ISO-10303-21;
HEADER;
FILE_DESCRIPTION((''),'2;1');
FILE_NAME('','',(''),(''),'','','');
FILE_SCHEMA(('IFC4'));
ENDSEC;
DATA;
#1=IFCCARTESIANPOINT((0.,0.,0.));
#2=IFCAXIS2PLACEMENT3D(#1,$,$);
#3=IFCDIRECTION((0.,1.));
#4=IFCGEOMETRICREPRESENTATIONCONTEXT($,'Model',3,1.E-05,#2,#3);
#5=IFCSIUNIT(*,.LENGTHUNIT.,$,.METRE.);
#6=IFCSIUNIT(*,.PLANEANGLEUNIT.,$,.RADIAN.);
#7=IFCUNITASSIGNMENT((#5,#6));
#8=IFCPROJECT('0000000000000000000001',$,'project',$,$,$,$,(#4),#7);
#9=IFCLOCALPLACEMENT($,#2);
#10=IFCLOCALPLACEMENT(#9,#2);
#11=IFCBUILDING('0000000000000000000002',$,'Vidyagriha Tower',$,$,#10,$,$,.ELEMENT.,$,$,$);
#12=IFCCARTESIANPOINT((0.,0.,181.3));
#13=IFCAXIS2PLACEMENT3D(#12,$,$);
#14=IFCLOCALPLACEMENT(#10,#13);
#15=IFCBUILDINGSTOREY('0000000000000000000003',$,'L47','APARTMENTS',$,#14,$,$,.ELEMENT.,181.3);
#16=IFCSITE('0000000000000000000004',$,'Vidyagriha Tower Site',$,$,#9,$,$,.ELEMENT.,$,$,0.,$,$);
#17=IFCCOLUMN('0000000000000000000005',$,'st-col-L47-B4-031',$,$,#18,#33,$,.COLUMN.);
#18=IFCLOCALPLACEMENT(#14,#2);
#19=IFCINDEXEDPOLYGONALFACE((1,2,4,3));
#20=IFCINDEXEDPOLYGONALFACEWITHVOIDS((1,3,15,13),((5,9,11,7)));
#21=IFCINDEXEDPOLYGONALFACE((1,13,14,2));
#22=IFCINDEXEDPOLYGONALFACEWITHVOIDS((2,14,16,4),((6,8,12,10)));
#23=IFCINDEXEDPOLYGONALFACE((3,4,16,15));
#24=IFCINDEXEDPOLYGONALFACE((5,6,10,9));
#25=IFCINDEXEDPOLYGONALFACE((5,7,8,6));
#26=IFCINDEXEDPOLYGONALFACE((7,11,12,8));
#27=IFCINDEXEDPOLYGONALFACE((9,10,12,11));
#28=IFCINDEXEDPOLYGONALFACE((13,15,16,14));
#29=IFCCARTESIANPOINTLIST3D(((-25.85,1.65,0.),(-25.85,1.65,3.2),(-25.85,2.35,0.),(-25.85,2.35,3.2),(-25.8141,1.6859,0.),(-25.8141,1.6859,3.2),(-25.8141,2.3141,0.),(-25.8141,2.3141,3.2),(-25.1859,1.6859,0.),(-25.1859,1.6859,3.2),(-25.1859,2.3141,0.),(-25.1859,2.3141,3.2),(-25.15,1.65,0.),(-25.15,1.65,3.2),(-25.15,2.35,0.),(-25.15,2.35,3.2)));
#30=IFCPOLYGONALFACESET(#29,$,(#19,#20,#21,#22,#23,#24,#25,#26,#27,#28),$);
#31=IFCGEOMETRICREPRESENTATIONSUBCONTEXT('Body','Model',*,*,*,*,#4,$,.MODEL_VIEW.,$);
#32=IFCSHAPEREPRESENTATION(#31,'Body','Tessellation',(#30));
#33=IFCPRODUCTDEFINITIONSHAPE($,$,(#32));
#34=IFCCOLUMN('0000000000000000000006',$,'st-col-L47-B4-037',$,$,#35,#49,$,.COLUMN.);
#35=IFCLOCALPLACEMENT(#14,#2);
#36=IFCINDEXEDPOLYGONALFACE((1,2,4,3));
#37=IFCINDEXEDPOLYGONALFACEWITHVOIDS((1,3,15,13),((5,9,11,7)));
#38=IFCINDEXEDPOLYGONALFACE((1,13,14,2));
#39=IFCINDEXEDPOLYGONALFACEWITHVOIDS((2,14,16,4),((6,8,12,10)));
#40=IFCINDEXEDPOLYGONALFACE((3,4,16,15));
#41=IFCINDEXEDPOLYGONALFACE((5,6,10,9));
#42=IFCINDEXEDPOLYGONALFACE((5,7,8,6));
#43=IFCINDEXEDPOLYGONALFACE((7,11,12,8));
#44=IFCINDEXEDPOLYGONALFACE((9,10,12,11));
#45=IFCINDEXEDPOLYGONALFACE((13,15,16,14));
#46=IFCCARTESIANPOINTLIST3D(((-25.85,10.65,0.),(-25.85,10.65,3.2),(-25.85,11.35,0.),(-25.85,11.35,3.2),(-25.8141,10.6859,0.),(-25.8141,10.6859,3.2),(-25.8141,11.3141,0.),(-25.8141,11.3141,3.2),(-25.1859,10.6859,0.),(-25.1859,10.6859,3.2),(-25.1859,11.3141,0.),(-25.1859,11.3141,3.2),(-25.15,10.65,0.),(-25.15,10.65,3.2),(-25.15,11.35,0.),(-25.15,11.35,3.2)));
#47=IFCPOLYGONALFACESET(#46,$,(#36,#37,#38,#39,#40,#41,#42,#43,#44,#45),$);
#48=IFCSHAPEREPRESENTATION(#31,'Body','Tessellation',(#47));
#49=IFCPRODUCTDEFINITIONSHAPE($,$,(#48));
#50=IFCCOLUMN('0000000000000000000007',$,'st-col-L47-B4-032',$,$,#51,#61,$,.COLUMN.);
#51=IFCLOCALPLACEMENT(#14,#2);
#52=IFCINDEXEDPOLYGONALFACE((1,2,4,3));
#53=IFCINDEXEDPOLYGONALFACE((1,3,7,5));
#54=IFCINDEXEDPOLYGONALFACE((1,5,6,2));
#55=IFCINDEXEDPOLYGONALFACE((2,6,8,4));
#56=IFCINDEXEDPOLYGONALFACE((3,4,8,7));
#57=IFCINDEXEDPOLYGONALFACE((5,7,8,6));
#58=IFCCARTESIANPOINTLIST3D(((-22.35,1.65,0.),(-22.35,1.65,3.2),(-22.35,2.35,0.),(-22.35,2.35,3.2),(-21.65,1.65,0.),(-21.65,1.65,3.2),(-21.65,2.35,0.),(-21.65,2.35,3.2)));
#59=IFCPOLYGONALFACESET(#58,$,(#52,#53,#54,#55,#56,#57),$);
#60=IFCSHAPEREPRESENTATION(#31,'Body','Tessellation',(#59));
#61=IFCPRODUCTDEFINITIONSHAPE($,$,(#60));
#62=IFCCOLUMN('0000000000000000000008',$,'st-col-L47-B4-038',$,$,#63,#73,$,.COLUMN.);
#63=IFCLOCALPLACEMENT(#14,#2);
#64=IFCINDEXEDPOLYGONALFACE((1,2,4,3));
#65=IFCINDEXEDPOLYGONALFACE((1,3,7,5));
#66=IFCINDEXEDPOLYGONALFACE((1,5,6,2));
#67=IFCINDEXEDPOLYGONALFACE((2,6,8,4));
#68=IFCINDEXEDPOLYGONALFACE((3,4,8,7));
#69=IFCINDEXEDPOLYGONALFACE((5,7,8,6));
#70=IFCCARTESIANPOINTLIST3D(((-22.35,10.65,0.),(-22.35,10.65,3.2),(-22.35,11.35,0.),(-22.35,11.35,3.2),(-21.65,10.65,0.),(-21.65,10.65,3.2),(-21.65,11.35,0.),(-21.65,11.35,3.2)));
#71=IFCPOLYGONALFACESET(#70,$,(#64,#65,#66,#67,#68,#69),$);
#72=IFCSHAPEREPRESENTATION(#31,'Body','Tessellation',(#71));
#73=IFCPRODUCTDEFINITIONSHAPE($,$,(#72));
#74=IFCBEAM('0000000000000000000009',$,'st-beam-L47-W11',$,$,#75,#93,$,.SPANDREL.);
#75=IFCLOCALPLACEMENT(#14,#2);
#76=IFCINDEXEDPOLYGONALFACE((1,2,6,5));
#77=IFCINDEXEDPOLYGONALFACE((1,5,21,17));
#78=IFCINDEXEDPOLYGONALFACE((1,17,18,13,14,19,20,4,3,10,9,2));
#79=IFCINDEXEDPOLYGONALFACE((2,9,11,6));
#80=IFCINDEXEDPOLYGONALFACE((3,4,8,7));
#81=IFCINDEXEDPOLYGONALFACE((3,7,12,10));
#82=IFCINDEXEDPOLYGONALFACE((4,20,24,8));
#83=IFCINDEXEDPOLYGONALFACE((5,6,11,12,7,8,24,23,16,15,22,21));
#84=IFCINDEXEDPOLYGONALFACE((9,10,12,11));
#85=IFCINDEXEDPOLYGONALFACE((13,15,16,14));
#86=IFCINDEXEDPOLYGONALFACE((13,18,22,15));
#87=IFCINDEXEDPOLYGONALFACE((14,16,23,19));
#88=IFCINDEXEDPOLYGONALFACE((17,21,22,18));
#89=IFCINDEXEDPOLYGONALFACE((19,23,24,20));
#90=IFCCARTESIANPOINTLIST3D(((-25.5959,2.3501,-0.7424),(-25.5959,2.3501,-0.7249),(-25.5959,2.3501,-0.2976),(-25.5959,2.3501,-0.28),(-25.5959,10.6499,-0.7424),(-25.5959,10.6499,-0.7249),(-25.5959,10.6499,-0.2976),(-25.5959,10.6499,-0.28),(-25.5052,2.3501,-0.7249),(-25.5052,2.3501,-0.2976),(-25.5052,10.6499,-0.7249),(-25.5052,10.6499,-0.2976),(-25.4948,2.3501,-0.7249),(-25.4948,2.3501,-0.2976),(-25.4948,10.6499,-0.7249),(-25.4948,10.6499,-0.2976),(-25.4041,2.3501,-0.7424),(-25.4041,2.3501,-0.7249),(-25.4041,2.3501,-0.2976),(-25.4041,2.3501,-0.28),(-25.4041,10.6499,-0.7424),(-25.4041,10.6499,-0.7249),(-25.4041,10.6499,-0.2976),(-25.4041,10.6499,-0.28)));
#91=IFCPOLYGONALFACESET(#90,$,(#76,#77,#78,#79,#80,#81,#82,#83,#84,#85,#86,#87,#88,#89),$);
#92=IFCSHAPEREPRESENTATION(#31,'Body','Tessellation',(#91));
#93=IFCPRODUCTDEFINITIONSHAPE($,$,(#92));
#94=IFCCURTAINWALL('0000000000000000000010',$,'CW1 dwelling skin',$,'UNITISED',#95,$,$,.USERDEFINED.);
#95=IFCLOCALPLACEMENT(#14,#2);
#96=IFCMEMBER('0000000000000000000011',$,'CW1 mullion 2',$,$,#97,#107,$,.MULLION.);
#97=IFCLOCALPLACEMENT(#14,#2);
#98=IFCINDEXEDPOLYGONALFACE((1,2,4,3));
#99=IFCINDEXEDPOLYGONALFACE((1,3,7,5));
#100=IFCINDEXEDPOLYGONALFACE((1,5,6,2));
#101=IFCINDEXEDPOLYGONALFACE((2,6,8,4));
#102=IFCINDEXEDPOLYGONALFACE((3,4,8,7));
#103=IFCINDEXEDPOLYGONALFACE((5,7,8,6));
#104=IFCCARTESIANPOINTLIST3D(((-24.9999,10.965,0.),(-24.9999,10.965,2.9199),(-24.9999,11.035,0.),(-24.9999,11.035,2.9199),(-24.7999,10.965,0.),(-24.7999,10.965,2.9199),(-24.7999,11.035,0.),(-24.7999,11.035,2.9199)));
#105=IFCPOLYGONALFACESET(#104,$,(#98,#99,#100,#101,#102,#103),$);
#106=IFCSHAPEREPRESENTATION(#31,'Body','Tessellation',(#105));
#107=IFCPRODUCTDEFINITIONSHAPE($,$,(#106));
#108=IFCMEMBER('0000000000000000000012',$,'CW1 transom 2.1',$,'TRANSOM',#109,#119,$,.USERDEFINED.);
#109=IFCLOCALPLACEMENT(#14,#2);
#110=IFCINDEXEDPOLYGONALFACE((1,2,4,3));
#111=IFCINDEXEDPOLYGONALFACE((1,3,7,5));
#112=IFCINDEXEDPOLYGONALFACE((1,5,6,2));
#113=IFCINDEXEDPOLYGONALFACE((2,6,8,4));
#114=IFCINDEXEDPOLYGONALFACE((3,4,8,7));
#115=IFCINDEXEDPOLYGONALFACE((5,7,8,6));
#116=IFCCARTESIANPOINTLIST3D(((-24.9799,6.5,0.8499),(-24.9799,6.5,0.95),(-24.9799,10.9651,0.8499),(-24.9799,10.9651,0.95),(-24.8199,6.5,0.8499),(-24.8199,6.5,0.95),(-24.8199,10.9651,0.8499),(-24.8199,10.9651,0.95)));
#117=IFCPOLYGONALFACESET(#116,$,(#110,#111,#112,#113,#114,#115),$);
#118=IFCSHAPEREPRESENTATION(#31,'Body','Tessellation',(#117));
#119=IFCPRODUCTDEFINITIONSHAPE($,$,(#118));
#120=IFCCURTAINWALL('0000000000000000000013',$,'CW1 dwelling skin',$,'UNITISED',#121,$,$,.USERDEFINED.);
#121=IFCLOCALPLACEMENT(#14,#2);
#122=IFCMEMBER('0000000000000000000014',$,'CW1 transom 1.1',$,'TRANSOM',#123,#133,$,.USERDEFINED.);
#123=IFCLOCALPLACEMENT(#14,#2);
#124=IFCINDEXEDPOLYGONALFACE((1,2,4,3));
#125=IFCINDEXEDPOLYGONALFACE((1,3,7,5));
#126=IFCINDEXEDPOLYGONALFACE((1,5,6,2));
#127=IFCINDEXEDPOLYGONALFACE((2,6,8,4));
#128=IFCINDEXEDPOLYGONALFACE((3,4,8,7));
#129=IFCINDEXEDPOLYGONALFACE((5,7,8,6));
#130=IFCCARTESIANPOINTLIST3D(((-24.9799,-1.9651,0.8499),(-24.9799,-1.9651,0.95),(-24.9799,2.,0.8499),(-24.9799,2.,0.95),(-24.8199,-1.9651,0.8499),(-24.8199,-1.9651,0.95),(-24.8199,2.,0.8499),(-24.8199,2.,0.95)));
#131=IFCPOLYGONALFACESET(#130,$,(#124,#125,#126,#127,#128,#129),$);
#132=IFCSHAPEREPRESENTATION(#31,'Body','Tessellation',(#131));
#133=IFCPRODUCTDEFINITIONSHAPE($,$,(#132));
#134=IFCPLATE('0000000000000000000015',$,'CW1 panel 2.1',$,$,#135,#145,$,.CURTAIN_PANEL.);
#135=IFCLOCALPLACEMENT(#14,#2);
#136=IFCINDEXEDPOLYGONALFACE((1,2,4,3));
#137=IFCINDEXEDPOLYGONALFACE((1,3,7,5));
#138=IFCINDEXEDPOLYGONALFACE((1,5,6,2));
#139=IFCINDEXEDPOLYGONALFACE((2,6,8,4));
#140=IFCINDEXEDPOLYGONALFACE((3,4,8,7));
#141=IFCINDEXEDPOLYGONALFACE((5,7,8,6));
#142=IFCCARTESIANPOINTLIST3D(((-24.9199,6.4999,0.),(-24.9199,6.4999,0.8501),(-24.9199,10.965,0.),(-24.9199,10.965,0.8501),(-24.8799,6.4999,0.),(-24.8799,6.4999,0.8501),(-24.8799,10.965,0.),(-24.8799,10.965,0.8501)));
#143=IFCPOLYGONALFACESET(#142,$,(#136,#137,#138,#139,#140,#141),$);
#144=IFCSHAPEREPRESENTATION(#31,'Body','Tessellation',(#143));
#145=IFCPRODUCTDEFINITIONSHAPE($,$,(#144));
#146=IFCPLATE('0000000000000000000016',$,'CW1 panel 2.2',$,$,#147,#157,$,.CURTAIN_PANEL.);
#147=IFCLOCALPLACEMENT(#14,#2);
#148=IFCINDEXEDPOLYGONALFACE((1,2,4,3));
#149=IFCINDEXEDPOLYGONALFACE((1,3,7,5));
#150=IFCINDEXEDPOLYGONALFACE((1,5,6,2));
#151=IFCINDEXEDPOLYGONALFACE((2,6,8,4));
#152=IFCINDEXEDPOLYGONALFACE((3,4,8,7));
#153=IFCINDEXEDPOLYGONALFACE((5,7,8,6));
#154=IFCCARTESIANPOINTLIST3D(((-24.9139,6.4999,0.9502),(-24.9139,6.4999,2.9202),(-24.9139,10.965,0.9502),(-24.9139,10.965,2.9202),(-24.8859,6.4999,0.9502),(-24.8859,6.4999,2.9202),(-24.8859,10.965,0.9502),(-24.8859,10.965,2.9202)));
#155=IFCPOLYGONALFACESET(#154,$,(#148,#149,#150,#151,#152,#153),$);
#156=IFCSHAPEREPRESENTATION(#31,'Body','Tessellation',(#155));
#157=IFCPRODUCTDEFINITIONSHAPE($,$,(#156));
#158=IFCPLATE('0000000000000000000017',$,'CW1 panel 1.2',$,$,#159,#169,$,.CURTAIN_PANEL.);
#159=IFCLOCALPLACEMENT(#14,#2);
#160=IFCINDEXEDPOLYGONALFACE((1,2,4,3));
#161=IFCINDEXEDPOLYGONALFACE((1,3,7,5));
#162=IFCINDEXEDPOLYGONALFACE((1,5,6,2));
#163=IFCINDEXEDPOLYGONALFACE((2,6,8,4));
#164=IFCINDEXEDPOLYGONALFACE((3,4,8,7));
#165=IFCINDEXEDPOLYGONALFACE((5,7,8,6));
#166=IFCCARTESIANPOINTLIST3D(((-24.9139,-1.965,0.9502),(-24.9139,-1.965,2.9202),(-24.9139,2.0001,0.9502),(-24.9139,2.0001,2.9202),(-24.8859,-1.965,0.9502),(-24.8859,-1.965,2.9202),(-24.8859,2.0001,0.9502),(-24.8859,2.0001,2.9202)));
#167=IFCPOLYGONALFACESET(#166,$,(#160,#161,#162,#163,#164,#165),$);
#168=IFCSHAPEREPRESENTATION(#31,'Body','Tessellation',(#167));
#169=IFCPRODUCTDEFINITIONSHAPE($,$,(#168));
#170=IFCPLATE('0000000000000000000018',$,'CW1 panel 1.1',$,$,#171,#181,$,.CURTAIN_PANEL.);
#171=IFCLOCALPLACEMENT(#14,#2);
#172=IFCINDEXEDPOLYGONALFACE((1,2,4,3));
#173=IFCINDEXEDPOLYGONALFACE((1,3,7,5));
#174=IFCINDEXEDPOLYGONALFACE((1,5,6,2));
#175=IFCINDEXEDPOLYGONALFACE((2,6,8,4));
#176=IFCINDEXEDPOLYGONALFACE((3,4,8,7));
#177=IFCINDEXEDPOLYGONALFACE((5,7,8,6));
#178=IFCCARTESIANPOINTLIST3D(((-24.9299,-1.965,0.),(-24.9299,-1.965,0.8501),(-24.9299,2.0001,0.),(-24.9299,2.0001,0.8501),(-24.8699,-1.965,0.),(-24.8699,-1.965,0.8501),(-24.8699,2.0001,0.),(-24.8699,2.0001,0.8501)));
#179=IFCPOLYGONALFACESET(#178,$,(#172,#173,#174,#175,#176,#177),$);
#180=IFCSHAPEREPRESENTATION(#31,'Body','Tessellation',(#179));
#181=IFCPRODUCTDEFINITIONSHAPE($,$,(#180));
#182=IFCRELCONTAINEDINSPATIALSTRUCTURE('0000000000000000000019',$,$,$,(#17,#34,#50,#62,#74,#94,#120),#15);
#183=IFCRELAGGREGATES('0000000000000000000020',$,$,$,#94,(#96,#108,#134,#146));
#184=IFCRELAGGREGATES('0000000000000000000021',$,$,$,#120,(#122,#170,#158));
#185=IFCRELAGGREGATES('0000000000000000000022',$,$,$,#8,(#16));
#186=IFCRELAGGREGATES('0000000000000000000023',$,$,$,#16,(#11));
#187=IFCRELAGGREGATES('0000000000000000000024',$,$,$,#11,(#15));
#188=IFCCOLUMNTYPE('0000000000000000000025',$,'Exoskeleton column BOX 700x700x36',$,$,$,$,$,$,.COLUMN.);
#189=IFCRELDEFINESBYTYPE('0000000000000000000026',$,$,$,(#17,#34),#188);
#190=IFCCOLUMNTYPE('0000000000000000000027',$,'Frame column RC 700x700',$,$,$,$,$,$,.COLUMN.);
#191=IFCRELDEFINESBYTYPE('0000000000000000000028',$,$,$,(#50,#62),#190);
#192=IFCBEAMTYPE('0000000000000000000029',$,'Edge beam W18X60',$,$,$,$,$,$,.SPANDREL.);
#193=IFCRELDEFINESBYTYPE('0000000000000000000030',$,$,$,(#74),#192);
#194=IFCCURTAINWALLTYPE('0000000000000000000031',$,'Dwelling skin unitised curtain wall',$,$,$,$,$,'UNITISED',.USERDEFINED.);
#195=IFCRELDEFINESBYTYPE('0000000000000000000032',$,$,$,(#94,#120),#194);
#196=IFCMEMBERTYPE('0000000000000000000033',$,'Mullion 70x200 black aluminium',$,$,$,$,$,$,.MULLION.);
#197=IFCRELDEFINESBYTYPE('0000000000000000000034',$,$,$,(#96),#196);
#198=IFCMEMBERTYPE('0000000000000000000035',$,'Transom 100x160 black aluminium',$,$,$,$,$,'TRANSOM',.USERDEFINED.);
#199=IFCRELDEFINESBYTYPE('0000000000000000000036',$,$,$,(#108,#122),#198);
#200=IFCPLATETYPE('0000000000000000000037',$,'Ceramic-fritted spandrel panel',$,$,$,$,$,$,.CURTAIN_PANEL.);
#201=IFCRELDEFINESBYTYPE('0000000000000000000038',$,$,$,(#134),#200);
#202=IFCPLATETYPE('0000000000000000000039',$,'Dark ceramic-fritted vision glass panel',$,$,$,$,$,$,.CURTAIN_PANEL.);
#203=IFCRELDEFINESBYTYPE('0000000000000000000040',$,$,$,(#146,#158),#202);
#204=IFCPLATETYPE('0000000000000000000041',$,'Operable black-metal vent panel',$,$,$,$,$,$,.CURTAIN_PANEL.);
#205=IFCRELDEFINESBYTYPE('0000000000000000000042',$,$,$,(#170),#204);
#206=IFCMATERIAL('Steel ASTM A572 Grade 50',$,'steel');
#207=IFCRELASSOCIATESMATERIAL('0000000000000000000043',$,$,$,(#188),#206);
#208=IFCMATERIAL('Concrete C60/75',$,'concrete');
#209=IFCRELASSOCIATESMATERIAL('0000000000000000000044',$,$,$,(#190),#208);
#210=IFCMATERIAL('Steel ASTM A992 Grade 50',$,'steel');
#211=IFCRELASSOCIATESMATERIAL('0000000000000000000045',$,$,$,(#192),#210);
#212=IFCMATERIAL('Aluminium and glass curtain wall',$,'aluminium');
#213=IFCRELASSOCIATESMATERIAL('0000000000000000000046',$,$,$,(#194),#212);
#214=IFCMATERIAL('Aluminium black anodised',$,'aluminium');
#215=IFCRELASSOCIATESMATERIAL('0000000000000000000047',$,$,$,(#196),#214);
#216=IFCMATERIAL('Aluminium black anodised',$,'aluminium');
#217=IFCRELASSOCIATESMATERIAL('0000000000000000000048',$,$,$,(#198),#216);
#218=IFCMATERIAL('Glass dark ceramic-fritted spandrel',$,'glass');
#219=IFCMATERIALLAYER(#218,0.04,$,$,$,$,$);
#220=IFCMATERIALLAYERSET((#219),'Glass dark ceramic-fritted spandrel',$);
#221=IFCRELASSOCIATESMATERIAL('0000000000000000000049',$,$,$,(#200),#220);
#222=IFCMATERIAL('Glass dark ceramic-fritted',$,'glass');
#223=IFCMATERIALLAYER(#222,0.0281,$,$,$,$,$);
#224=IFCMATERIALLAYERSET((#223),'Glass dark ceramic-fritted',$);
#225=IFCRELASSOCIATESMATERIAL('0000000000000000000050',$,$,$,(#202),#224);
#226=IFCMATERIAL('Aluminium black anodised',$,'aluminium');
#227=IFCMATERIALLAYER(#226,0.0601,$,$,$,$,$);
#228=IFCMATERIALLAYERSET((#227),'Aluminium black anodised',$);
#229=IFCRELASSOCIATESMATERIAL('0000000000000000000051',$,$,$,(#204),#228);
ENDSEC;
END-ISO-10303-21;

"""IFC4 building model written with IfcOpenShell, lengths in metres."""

from ifc_helpers import new_model, si_unit, direction, frame, origin, origin_2d, place, context, subcontext, project, spatial, rectangle, hollow_rectangle, i_section, extrude, material, layer, layer_set, material_profile, profile_set, type_object, element, aggregate, save


model = new_model("IFC4")

# Units and contexts
model_context = context("Model", 3, precision=1e-05, world=origin(), true_north=direction((0.0, 1.0)))
body_context = subcontext(model_context, "Body", "Model", "MODEL_VIEW")
ifc_project = project(units=[si_unit("LENGTHUNIT", "METRE"), si_unit("PLANEANGLEUNIT", "RADIAN")], contexts=[model_context])

# Site, building, storey
site_placement = place(None, origin())
site = spatial("IfcSite", under=ifc_project, at=site_placement, Name="Vidyagriha Tower Site", CompositionType="ELEMENT", RefElevation=0.0)
building_placement = place(site_placement, origin())
building = spatial("IfcBuilding", under=site, at=building_placement, Name="Vidyagriha Tower", CompositionType="ELEMENT")
storey_placement = place(building_placement, frame((0.0, 0.0, 181.3)))
storey = spatial("IfcBuildingStorey", under=building, at=storey_placement, Name="L47", Description="APARTMENTS", CompositionType="ELEMENT", Elevation=181.3)

# Columns
ifc_material_1 = material(Name="Steel ASTM A572 Grade 50", Category="steel")
ifc_material_profile_1 = material_profile(ifc_material_1, hollow_rectangle(XDim=0.7, YDim=0.7, WallThickness=0.0359, at=origin_2d()), Name="BOX 700x700x36")
ifc_profile_set_1 = profile_set([ifc_material_profile_1], Name="Steel ASTM A572 Grade 50")
column_type_1 = type_object("IfcColumnType", Name="Exoskeleton column BOX 700x700x36", PredefinedType="COLUMN", material=ifc_profile_set_1)
for number, where, name in (
    (1, (-25.5, 2.0, 0.0), "st-col-L47-B4-031"),
    (2, (-25.5, 11.0, 0.0), "st-col-L47-B4-037"),
):
    element("IfcColumn", number, at=place(storey_placement, frame(where)), inside=storey, type_object=column_type_1, Name=name, PredefinedType="COLUMN", context=body_context, shape_type="SweptSolid", body=[
        extrude(hollow_rectangle(XDim=0.7, YDim=0.7, WallThickness=0.0359, at=origin_2d()), origin(), (0.0, 0.0, 1.0), 3.2),
    ])
ifc_material_2 = material(Name="Concrete C60/75", Category="concrete")
ifc_material_profile_2 = material_profile(ifc_material_2, rectangle(XDim=0.7, YDim=0.7, at=origin_2d()), Name="RC 700x700")
ifc_profile_set_2 = profile_set([ifc_material_profile_2], Name="Concrete C60/75")
column_type_2 = type_object("IfcColumnType", Name="Frame column RC 700x700", PredefinedType="COLUMN", material=ifc_profile_set_2)
for number, where, name in (
    (3, (-22.0, 2.0, 0.0), "st-col-L47-B4-032"),
    (4, (-22.0, 11.0, 0.0), "st-col-L47-B4-038"),
):
    element("IfcColumn", number, at=place(storey_placement, frame(where)), inside=storey, type_object=column_type_2, Name=name, PredefinedType="COLUMN", context=body_context, shape_type="SweptSolid", body=[
        extrude(rectangle(XDim=0.7, YDim=0.7, at=origin_2d()), origin(), (0.0, 0.0, 1.0), 3.2),
    ])

# Beam
ifc_material_3 = material(Name="Steel ASTM A992 Grade 50", Category="steel")
ifc_material_profile_3 = material_profile(ifc_material_3, i_section(OverallWidth=0.1919, OverallDepth=0.4624, WebThickness=0.0105, FlangeThickness=0.0176, at=origin_2d()), Name="W18X60")
ifc_profile_set_3 = profile_set([ifc_material_profile_3], Name="Steel ASTM A992 Grade 50")
beam_type = type_object("IfcBeamType", Name="Edge beam W18X60", PredefinedType="SPANDREL", material=ifc_profile_set_3)
beam_placement = place(storey_placement, frame((-25.5, 2.3501, -0.5112), z_axis=(0.0, 1.0, 0.0), x_axis=(-1.0, 0.0, 0.0)))
element("IfcBeam", 5, at=beam_placement, inside=storey, type_object=beam_type, Name="st-beam-L47-W11", PredefinedType="SPANDREL", context=body_context, shape_type="SweptSolid", body=[
    extrude(i_section(OverallWidth=0.1919, OverallDepth=0.4624, WebThickness=0.0105, FlangeThickness=0.0176, at=origin_2d()), origin(), (0.0, 0.0, 1.0), 8.2998),
])

# Curtain wall, members
ifc_material_4 = material(Name="Aluminium and glass curtain wall", Category="aluminium")
curtain_wall_type = type_object("IfcCurtainWallType", Name="Dwelling skin unitised curtain wall", ElementType="UNITISED", PredefinedType="USERDEFINED", material=ifc_material_4)
curtain_wall_1_placement = place(storey_placement, origin())
curtain_wall_1 = element("IfcCurtainWall", 6, at=curtain_wall_1_placement, inside=storey, type_object=curtain_wall_type, Name="CW1 dwelling skin", ObjectType="UNITISED", PredefinedType="USERDEFINED")
ifc_material_5 = material(Name="Aluminium black anodised", Category="aluminium")
ifc_material_profile_4 = material_profile(ifc_material_5, rectangle(XDim=0.2, YDim=0.0701, at=origin_2d()), Name="Mullion 70x200 black aluminium")
ifc_profile_set_4 = profile_set([ifc_material_profile_4], Name="Aluminium black anodised")
member_type_1 = type_object("IfcMemberType", Name="Mullion 70x200 black aluminium", PredefinedType="MULLION", material=ifc_profile_set_4)
member_1_placement = place(storey_placement, frame((-24.8999, 11.0, 0.0)))
member_1 = element("IfcMember", 7, at=member_1_placement, type_object=member_type_1, Name="CW1 mullion 2", PredefinedType="MULLION", context=body_context, shape_type="SweptSolid", body=[
    extrude(rectangle(XDim=0.2, YDim=0.0701, at=origin_2d()), origin(), (0.0, 0.0, 1.0), 2.9199),
])
ifc_material_6 = material(Name="Aluminium black anodised", Category="aluminium")
ifc_material_profile_5 = material_profile(ifc_material_6, rectangle(XDim=0.1599, YDim=0.1001, at=origin_2d()), Name="Transom 100x160 black aluminium")
ifc_profile_set_5 = profile_set([ifc_material_profile_5], Name="Aluminium black anodised")
member_type_2 = type_object("IfcMemberType", Name="Transom 100x160 black aluminium", ElementType="TRANSOM", PredefinedType="USERDEFINED", material=ifc_profile_set_5)
member_2_placement = place(storey_placement, frame((-24.8999, 10.9651, 0.8999), z_axis=(0.0, -1.0, 0.0), x_axis=(1.0, 0.0, 0.0)))
member_2 = element("IfcMember", 8, at=member_2_placement, type_object=member_type_2, Name="CW1 transom 2.1", ObjectType="TRANSOM", PredefinedType="USERDEFINED", context=body_context, shape_type="SweptSolid", body=[
    extrude(rectangle(XDim=0.1599, YDim=0.1001, at=origin_2d()), origin(), (0.0, 0.0, 1.0), 4.4651),
])

# Curtain wall, member
curtain_wall_2_placement = place(storey_placement, origin())
curtain_wall_2 = element("IfcCurtainWall", 9, at=curtain_wall_2_placement, inside=storey, type_object=curtain_wall_type, Name="CW1 dwelling skin", ObjectType="UNITISED", PredefinedType="USERDEFINED")
member_3_placement = place(storey_placement, frame((-24.8999, 2.0, 0.8999), z_axis=(0.0, -1.0, 0.0), x_axis=(1.0, 0.0, 0.0)))
member_3 = element("IfcMember", 10, at=member_3_placement, type_object=member_type_2, Name="CW1 transom 1.1", ObjectType="TRANSOM", PredefinedType="USERDEFINED", context=body_context, shape_type="SweptSolid", body=[
    extrude(rectangle(XDim=0.1599, YDim=0.1001, at=origin_2d()), origin(), (0.0, 0.0, 1.0), 3.9651),
])

# Plates
ifc_material_7 = material(Name="Glass dark ceramic-fritted spandrel", Category="glass")
ifc_layer_1 = layer(ifc_material_7, 0.04)
ifc_layer_set_1 = layer_set([ifc_layer_1], Name="Glass dark ceramic-fritted spandrel")
plate_type_1 = type_object("IfcPlateType", Name="Ceramic-fritted spandrel panel", PredefinedType="CURTAIN_PANEL", material=ifc_layer_set_1)
plate_1_placement = place(storey_placement, frame((-24.8999, 8.7324, 0.0), z_axis=(0.0, 0.0, 1.0), x_axis=(0.0, -1.0, 0.0)))
plate_1 = element("IfcPlate", 11, at=plate_1_placement, type_object=plate_type_1, Name="CW1 panel 2.1", PredefinedType="CURTAIN_PANEL", context=body_context, shape_type="SweptSolid", body=[
    extrude(rectangle(XDim=4.4651, YDim=0.04, at=origin_2d()), origin(), (0.0, 0.0, 1.0), 0.8501),
])
ifc_material_8 = material(Name="Glass dark ceramic-fritted", Category="glass")
ifc_layer_2 = layer(ifc_material_8, 0.0281)
ifc_layer_set_2 = layer_set([ifc_layer_2], Name="Glass dark ceramic-fritted")
plate_type_2 = type_object("IfcPlateType", Name="Dark ceramic-fritted vision glass panel", PredefinedType="CURTAIN_PANEL", material=ifc_layer_set_2)
plate_2_placement = place(storey_placement, frame((-24.8999, 8.7324, 0.9502), z_axis=(0.0, 0.0, 1.0), x_axis=(0.0, -1.0, 0.0)))
plate_2 = element("IfcPlate", 12, at=plate_2_placement, type_object=plate_type_2, Name="CW1 panel 2.2", PredefinedType="CURTAIN_PANEL", context=body_context, shape_type="SweptSolid", body=[
    extrude(rectangle(XDim=4.4651, YDim=0.0281, at=origin_2d()), origin(), (0.0, 0.0, 1.0), 1.97),
])
aggregate(curtain_wall_1, [member_1, member_2, plate_1, plate_2])
plate_3_placement = place(storey_placement, frame((-24.8999, 0.0176, 0.9502), z_axis=(0.0, 0.0, 1.0), x_axis=(0.0, -1.0, 0.0)))
plate_3 = element("IfcPlate", 13, at=plate_3_placement, type_object=plate_type_2, Name="CW1 panel 1.2", PredefinedType="CURTAIN_PANEL", context=body_context, shape_type="SweptSolid", body=[
    extrude(rectangle(XDim=3.9651, YDim=0.0281, at=origin_2d()), origin(), (0.0, 0.0, 1.0), 1.97),
])
ifc_material_9 = material(Name="Aluminium black anodised", Category="aluminium")
ifc_layer_3 = layer(ifc_material_9, 0.0601)
ifc_layer_set_3 = layer_set([ifc_layer_3], Name="Aluminium black anodised")
plate_type_3 = type_object("IfcPlateType", Name="Operable black-metal vent panel", PredefinedType="CURTAIN_PANEL", material=ifc_layer_set_3)
plate_4_placement = place(storey_placement, frame((-24.8999, 0.0176, 0.0), z_axis=(0.0, 0.0, 1.0), x_axis=(0.0, -1.0, 0.0)))
plate_4 = element("IfcPlate", 14, at=plate_4_placement, type_object=plate_type_3, Name="CW1 panel 1.1", PredefinedType="CURTAIN_PANEL", context=body_context, shape_type="SweptSolid", body=[
    extrude(rectangle(XDim=3.9651, YDim=0.0601, at=origin_2d()), origin(), (0.0, 0.0, 1.0), 0.8501),
])
aggregate(curtain_wall_2, [member_3, plate_4, plate_3])

save(model, "model.ifc")
